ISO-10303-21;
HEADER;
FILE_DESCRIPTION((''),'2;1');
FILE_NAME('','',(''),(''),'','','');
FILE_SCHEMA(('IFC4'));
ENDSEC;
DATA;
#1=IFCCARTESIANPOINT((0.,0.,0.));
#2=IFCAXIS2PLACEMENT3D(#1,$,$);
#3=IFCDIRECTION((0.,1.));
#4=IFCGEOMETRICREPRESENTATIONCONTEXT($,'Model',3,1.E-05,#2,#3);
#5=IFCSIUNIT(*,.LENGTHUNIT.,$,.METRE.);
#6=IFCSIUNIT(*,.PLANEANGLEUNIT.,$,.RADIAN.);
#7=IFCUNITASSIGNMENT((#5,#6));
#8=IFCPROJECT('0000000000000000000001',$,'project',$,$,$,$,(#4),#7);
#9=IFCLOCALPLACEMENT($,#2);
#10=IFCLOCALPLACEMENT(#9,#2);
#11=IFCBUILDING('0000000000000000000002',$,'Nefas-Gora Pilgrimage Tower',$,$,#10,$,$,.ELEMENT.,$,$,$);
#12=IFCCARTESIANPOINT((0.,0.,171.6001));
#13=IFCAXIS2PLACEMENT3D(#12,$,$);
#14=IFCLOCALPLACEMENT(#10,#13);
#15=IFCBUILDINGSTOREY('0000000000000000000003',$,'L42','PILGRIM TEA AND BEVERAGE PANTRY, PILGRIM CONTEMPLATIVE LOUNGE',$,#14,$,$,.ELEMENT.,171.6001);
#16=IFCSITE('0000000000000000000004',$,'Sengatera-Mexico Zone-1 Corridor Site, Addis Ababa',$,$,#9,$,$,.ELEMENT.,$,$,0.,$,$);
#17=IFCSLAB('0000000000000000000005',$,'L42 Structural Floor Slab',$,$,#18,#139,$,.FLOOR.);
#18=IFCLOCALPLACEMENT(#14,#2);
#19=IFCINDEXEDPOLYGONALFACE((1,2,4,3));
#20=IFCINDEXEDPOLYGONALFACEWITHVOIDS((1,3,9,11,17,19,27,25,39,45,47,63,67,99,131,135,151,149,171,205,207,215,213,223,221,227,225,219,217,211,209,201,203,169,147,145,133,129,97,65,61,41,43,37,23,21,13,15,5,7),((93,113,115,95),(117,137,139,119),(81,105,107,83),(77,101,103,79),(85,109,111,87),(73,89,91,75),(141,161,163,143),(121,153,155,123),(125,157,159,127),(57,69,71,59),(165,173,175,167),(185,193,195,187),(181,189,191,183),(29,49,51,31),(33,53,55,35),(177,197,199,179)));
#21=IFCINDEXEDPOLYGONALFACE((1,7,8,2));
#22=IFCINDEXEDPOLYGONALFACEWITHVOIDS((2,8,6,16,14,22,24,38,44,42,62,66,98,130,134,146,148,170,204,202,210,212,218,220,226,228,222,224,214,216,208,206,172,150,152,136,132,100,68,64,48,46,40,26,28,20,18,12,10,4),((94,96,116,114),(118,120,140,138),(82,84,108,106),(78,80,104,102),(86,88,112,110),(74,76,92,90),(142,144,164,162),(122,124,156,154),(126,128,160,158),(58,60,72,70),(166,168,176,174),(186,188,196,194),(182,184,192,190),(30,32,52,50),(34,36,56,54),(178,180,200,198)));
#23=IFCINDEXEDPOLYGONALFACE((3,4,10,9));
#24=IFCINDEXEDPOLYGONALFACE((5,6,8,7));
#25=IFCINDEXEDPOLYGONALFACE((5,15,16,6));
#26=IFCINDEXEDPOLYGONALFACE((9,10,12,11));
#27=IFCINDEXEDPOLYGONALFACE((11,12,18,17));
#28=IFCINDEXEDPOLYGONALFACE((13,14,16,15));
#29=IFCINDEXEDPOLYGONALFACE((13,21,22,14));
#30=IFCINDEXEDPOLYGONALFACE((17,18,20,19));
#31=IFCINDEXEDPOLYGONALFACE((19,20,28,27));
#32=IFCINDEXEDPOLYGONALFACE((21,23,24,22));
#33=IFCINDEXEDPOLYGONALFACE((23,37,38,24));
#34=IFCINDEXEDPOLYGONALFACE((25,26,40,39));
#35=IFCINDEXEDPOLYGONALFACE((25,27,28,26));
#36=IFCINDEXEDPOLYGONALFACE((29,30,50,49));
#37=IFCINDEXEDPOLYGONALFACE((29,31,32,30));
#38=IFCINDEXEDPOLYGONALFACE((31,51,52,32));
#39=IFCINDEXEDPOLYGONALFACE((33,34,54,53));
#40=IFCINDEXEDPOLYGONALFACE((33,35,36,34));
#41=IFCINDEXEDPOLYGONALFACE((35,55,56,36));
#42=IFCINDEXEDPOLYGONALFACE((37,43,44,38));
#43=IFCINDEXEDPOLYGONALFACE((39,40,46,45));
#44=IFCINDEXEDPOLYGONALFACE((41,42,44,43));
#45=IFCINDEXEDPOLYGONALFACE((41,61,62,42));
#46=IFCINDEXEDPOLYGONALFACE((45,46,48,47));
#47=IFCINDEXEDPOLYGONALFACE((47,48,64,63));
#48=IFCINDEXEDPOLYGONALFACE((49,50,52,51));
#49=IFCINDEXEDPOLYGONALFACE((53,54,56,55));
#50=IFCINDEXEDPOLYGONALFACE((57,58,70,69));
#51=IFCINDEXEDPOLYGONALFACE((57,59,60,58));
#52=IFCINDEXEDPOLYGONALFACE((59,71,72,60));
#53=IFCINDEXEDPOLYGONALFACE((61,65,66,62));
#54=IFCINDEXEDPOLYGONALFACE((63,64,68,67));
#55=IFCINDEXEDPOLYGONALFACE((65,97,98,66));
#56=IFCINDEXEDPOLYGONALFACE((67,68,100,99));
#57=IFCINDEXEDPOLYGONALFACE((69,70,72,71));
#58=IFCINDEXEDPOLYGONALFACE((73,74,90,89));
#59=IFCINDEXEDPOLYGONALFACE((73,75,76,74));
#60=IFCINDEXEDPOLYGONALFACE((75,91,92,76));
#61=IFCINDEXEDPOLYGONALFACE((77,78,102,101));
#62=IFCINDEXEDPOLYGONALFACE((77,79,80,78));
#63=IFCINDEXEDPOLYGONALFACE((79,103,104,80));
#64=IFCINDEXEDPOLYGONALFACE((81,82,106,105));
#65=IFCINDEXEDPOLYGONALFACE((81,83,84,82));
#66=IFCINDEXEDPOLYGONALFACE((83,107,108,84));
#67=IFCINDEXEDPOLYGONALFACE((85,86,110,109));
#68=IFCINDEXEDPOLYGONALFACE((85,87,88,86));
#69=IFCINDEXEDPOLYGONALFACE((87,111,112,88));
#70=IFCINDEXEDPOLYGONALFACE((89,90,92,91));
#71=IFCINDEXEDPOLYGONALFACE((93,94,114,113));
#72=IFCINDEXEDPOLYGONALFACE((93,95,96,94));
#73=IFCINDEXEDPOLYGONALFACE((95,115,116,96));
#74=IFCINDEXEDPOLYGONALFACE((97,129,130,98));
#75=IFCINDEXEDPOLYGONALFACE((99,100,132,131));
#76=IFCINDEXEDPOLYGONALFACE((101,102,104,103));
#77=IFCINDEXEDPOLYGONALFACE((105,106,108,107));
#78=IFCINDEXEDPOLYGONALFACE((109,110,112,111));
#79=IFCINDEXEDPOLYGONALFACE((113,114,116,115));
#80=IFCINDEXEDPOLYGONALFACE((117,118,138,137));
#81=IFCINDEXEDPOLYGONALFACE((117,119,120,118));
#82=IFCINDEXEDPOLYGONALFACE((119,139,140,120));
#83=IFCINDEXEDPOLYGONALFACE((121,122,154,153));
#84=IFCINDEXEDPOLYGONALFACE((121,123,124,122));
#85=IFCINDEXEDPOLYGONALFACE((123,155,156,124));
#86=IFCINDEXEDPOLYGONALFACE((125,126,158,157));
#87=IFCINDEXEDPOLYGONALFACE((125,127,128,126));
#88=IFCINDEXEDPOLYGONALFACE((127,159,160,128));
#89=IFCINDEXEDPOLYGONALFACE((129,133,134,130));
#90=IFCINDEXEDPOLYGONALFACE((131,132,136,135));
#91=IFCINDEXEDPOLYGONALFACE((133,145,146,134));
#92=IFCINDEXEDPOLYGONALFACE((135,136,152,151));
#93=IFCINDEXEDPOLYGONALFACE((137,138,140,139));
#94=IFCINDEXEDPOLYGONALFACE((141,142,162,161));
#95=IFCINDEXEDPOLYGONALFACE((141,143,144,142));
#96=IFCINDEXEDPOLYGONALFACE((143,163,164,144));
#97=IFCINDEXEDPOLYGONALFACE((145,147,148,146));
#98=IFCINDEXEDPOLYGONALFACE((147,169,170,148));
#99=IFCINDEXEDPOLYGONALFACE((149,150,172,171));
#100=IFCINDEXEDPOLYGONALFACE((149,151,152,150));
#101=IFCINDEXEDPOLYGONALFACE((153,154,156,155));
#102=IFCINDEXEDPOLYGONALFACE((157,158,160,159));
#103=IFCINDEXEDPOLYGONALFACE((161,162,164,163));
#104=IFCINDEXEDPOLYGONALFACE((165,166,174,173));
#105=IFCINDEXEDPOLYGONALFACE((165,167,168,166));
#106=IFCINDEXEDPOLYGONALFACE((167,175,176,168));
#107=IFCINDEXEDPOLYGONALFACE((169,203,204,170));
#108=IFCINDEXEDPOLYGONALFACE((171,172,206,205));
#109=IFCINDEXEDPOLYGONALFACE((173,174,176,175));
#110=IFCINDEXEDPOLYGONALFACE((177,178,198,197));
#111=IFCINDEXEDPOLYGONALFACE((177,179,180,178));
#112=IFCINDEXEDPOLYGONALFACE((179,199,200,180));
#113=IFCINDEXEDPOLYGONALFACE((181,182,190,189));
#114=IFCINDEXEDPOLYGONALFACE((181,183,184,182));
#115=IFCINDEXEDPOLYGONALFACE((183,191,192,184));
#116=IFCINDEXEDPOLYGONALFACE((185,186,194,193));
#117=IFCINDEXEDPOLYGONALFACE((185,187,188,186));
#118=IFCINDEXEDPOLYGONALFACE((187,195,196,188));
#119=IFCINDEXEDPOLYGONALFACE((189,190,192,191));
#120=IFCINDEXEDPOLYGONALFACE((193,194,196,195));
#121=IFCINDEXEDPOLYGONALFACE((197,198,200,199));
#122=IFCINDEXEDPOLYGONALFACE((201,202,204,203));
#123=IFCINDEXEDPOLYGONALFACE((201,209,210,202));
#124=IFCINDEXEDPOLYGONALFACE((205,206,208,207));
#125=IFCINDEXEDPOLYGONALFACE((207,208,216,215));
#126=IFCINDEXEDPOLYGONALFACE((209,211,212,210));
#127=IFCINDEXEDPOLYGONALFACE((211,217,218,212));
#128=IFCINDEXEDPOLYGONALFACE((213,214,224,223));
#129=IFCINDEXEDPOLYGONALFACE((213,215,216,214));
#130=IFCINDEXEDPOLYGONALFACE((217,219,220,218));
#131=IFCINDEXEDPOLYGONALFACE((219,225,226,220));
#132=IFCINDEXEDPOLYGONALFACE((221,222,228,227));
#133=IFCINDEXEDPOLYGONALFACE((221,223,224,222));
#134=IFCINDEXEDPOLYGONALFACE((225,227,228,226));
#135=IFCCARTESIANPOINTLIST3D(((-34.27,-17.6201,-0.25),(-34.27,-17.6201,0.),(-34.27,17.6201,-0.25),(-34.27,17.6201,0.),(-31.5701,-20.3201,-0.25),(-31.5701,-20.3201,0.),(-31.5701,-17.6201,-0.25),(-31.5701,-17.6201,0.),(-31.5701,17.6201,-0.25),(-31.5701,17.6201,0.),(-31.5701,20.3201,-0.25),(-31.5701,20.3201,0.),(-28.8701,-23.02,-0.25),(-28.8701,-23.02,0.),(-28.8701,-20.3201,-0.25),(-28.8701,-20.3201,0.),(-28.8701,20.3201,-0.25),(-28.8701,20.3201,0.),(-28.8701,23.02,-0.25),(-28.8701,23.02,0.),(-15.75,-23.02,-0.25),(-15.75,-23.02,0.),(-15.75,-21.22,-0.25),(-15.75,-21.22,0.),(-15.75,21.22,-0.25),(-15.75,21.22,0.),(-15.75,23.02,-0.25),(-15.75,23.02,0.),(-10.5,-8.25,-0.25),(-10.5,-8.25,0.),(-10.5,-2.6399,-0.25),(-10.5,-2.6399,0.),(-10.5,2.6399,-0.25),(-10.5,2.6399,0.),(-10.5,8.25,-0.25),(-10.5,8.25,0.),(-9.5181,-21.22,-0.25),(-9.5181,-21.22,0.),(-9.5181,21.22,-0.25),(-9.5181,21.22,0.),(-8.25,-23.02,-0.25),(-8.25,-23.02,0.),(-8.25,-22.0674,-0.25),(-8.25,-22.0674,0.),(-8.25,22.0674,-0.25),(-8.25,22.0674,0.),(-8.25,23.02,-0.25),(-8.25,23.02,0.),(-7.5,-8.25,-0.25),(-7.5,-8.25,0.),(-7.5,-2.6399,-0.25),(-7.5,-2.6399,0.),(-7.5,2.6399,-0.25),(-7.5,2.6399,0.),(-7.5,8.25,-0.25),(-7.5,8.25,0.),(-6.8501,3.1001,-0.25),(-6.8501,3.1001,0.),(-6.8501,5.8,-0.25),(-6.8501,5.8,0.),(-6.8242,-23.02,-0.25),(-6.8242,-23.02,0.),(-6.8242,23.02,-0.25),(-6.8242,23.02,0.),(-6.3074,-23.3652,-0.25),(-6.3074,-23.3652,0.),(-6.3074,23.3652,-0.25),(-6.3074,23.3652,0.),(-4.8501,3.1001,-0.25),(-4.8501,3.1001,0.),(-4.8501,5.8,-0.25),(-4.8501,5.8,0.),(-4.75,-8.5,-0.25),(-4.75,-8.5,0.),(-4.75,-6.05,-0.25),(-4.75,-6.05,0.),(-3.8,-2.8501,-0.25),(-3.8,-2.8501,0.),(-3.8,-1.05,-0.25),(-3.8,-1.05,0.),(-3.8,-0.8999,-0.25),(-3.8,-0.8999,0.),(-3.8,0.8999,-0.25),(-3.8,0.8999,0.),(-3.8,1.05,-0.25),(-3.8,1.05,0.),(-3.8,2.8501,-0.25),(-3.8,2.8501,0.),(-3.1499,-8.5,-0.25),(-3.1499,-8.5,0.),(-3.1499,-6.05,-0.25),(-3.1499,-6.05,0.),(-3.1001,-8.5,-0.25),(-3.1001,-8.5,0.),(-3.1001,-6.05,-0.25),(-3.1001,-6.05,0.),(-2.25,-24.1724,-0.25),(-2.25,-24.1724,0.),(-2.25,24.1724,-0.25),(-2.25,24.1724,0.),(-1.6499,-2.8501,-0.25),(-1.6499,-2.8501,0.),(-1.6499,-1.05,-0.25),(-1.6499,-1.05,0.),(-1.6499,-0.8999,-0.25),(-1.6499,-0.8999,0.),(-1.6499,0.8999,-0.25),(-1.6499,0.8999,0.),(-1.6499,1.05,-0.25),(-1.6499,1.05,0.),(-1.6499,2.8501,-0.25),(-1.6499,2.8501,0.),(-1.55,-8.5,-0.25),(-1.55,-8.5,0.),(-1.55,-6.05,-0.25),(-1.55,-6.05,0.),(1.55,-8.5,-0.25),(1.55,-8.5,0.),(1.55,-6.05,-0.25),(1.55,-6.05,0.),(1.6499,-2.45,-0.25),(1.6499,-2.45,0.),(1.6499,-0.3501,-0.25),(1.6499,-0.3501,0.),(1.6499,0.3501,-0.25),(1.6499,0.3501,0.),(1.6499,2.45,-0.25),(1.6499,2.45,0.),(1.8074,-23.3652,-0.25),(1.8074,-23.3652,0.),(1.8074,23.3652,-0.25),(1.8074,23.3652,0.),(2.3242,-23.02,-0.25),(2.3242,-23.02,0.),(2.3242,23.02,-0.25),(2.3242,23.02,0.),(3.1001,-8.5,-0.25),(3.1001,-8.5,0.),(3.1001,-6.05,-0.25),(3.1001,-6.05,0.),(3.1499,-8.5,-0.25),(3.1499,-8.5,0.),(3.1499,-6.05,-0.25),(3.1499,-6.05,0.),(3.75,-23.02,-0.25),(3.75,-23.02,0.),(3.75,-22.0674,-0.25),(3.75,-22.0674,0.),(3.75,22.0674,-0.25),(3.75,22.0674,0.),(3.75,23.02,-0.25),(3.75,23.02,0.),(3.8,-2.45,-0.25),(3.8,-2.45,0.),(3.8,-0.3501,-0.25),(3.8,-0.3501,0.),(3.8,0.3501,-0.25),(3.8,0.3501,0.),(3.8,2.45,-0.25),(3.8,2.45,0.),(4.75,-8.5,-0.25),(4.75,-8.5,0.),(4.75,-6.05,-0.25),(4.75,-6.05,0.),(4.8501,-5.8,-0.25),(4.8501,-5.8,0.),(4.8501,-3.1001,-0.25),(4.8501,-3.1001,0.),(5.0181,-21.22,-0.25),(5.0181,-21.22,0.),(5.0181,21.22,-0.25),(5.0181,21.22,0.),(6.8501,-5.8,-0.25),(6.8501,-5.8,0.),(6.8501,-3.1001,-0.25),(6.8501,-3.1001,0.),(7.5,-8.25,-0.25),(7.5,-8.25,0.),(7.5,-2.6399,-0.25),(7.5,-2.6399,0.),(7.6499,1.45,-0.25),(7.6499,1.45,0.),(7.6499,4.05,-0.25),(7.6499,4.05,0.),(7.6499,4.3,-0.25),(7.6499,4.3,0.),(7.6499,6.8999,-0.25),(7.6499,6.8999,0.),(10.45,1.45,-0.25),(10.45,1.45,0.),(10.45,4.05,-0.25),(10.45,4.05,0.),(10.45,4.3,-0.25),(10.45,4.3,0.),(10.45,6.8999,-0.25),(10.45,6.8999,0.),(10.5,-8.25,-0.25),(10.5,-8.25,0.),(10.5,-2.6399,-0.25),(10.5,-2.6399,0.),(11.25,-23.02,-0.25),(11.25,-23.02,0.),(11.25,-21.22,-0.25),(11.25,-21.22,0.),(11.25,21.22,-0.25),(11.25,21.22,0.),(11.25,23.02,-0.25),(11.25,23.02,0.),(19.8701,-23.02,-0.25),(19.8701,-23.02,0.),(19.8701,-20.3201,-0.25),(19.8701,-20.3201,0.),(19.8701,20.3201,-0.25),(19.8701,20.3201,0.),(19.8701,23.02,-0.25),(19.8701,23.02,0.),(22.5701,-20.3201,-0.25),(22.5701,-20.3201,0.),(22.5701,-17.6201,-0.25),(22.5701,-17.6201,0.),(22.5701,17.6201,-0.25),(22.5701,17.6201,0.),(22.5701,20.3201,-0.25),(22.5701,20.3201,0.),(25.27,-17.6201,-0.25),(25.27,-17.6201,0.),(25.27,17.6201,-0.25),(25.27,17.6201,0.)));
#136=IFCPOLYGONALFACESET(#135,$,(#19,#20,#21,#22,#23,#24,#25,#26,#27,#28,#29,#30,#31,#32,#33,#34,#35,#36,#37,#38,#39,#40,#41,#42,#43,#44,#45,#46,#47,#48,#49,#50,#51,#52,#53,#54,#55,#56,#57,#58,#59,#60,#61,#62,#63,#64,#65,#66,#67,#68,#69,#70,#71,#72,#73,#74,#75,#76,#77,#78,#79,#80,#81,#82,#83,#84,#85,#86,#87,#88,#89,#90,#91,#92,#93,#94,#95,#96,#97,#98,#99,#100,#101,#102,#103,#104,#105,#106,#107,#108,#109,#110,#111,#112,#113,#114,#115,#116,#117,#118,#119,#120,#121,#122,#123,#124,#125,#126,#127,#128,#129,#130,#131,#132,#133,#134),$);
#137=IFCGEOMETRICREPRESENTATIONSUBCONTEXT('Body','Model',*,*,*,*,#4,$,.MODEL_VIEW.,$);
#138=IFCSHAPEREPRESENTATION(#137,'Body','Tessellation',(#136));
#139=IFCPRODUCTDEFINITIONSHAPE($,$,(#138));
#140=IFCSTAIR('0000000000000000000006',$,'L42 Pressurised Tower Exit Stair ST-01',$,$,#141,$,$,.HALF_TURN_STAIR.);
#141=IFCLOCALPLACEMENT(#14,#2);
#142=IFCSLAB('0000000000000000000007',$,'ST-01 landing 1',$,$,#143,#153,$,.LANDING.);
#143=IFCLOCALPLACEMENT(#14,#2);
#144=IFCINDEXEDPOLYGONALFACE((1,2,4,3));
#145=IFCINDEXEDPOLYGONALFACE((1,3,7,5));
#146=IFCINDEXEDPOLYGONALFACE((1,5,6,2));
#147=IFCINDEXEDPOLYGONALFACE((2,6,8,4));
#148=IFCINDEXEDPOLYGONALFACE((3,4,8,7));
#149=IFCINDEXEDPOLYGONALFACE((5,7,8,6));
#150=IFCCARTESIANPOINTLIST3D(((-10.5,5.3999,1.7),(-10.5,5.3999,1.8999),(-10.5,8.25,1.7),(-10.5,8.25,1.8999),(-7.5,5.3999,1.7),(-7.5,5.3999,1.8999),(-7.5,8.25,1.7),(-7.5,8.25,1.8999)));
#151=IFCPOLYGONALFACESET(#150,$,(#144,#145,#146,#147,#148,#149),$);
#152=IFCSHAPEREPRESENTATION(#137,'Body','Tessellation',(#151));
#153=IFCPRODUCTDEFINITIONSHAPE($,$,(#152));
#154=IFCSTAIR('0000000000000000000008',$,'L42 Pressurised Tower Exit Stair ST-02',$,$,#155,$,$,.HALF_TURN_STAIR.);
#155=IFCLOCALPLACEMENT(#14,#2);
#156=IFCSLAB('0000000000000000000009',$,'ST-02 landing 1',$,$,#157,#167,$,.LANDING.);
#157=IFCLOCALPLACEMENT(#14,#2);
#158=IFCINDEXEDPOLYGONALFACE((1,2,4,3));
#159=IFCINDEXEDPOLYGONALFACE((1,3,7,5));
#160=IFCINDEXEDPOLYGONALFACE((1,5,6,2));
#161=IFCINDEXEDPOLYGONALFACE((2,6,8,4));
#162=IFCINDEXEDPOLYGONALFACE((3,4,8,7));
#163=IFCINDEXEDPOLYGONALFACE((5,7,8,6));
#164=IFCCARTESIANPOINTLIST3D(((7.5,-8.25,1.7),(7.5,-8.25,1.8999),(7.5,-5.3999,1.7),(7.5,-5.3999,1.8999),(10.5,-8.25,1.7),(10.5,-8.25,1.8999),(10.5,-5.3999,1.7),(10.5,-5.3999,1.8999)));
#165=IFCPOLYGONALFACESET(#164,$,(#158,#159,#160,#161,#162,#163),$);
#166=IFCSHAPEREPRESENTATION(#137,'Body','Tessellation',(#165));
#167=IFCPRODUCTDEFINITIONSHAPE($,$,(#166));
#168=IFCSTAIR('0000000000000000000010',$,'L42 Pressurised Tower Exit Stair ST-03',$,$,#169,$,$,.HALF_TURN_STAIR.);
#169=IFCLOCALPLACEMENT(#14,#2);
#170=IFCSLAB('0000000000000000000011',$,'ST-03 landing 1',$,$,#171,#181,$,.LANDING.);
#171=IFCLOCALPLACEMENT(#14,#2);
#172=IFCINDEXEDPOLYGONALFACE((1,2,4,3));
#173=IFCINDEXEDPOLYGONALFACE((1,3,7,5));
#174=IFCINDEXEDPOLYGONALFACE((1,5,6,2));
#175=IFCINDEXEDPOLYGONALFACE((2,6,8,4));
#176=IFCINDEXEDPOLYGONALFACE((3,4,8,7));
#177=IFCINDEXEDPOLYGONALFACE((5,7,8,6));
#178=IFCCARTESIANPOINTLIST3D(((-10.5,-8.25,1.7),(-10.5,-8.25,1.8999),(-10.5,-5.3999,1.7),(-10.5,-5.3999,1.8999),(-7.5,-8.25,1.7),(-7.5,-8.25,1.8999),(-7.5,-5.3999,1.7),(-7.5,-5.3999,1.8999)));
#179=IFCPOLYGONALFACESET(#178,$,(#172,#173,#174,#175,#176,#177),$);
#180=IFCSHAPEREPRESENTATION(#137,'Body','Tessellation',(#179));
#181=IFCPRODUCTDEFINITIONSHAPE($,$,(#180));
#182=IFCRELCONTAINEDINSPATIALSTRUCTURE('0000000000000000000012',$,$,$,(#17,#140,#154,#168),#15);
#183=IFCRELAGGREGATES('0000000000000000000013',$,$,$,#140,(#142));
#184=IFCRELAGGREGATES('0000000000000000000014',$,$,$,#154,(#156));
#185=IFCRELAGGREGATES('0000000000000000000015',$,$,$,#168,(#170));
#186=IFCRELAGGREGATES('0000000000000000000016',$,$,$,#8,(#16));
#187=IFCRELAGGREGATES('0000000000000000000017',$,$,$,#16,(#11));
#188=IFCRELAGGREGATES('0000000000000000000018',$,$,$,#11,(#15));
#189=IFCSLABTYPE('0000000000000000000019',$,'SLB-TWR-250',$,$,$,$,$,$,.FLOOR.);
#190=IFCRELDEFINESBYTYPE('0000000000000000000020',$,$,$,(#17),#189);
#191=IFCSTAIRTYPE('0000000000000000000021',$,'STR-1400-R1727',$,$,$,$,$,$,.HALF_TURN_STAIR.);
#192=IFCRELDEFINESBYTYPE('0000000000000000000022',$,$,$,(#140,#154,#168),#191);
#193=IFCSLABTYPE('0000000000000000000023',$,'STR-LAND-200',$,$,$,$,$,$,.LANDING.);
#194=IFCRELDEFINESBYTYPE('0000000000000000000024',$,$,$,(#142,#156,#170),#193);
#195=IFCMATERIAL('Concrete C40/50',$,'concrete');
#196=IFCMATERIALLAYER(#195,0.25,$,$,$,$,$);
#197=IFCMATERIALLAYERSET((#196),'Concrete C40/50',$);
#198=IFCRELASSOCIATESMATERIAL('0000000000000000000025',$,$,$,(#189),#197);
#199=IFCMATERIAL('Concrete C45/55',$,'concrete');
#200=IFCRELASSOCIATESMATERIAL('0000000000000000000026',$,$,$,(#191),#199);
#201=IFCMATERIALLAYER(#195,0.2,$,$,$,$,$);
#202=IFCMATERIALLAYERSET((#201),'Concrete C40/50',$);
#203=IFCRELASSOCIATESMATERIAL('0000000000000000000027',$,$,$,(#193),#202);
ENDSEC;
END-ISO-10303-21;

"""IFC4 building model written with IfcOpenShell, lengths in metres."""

from ifc_helpers import new_model, si_unit, direction, frame, origin, place, context, subcontext, project, spatial, polyline, outline, extrude, material, layer, layer_set, type_object, element, aggregate, save


model = new_model("IFC4")

# Units and contexts
model_context = context("Model", 3, precision=1e-05, world=origin(), true_north=direction((0.0, 1.0)))
body_context = subcontext(model_context, "Body", "Model", "MODEL_VIEW")
ifc_project = project(units=[si_unit("LENGTHUNIT", "METRE"), si_unit("PLANEANGLEUNIT", "RADIAN")], contexts=[model_context])

# Site, building, storey
site_placement = place(None, origin())
site = spatial("IfcSite", under=ifc_project, at=site_placement, Name="Sengatera-Mexico Zone-1 Corridor Site, Addis Ababa", CompositionType="ELEMENT", RefElevation=0.0)
building_placement = place(site_placement, origin())
building = spatial("IfcBuilding", under=site, at=building_placement, Name="Nefas-Gora Pilgrimage Tower", CompositionType="ELEMENT")
storey_placement = place(building_placement, frame((0.0, 0.0, 171.6001)))
storey = spatial("IfcBuildingStorey", under=building, at=storey_placement, Name="L42", Description="PILGRIM TEA AND BEVERAGE PANTRY, PILGRIM CONTEMPLATIVE LOUNGE", CompositionType="ELEMENT", Elevation=171.6001)

# Slab
ifc_material_1 = material(Name="Concrete C40/50", Category="concrete")
ifc_layer_1 = layer(ifc_material_1, 0.25)
ifc_layer_set_1 = layer_set([ifc_layer_1], Name="Concrete C40/50")
slab_type_1 = type_object("IfcSlabType", Name="SLB-TWR-250", PredefinedType="FLOOR", material=ifc_layer_set_1)
slab_1_placement = place(storey_placement, frame((0.0, 0.0, -0.25)))
element("IfcSlab", 1, at=slab_1_placement, inside=storey, type_object=slab_type_1, Name="L42 Structural Floor Slab", PredefinedType="FLOOR", context=body_context, shape_type="SweptSolid", body=[
    extrude(outline(polyline([(5.0181, -21.22), (11.25, -21.22), (11.25, -23.02), (19.8701, -23.02), (19.8701, -20.3201), (22.5701, -20.3201), (22.5701, -17.6201), (25.27, -17.6201), (25.27, 17.6201), (22.5701, 17.6201), (22.5701, 20.3201), (19.8701, 20.3201), (19.8701, 23.02), (11.25, 23.02), (11.25, 21.22), (5.0181, 21.22), (3.75, 22.0674), (3.75, 23.02), (2.3242, 23.02), (1.8074, 23.3652), (-2.25, 24.1724), (-6.3074, 23.3652), (-6.8242, 23.02), (-8.25, 23.02), (-8.25, 22.0674), (-9.5181, 21.22), (-15.75, 21.22), (-15.75, 23.02), (-28.8701, 23.02), (-28.8701, 20.3201), (-31.5701, 20.3201), (-31.5701, 17.6201), (-34.27, 17.6201), (-34.27, -17.6201), (-31.5701, -17.6201), (-31.5701, -20.3201), (-28.8701, -20.3201), (-28.8701, -23.02), (-15.75, -23.02), (-15.75, -21.22), (-9.5181, -21.22), (-8.25, -22.0674), (-8.25, -23.02), (-6.8242, -23.02), (-6.3074, -23.3652), (-2.25, -24.1724), (1.8074, -23.3652), (2.3242, -23.02), (3.75, -23.02), (3.75, -22.0674), (5.0181, -21.22)]), holes=[polyline([(-10.5, 2.6399), (-10.5, 8.25), (-7.5, 8.25), (-7.5, 2.6399), (-10.5, 2.6399)]), polyline([(10.5, -2.6399), (10.5, -8.25), (7.5, -8.25), (7.5, -2.6399), (10.5, -2.6399)]), polyline([(-7.5, -2.6399), (-7.5, -8.25), (-10.5, -8.25), (-10.5, -2.6399), (-7.5, -2.6399)]), polyline([(-6.8501, 5.8), (-4.8501, 5.8), (-4.8501, 3.1001), (-6.8501, 3.1001), (-6.8501, 5.8)]), polyline([(4.8501, -3.1001), (6.8501, -3.1001), (6.8501, -5.8), (4.8501, -5.8), (4.8501, -3.1001)]), polyline([(7.6499, 4.05), (10.45, 4.05), (10.45, 1.45), (7.6499, 1.45), (7.6499, 4.05)]), polyline([(7.6499, 6.8999), (10.45, 6.8999), (10.45, 4.3), (7.6499, 4.3), (7.6499, 6.8999)]), polyline([(-4.75, -6.05), (-3.1499, -6.05), (-3.1499, -8.5), (-4.75, -8.5), (-4.75, -6.05)]), polyline([(-3.1001, -6.05), (-1.55, -6.05), (-1.55, -8.5), (-3.1001, -8.5), (-3.1001, -6.05)]), polyline([(1.55, -6.05), (3.1001, -6.05), (3.1001, -8.5), (1.55, -8.5), (1.55, -6.05)]), polyline([(3.1499, -6.05), (4.75, -6.05), (4.75, -8.5), (3.1499, -8.5), (3.1499, -6.05)]), polyline([(-3.8, -1.05), (-1.6499, -1.05), (-1.6499, -2.8501), (-3.8, -2.8501), (-3.8, -1.05)]), polyline([(-3.8, 0.8999), (-1.6499, 0.8999), (-1.6499, -0.8999), (-3.8, -0.8999), (-3.8, 0.8999)]), polyline([(-3.8, 2.8501), (-1.6499, 2.8501), (-1.6499, 1.05), (-3.8, 1.05), (-3.8, 2.8501)]), polyline([(1.6499, -0.3501), (3.8, -0.3501), (3.8, -2.45), (1.6499, -2.45), (1.6499, -0.3501)]), polyline([(1.6499, 2.45), (3.8, 2.45), (3.8, 0.3501), (1.6499, 0.3501), (1.6499, 2.45)])]), origin(), (0.0, 0.0, 1.0), 0.25),
])

# Stairs, slabs
ifc_material_2 = material(Name="Concrete C45/55", Category="concrete")
stair_type = type_object("IfcStairType", Name="STR-1400-R1727", PredefinedType="HALF_TURN_STAIR", material=ifc_material_2)
stair_1_placement = place(storey_placement, origin())
stair_1 = element("IfcStair", 2, at=stair_1_placement, inside=storey, type_object=stair_type, Name="L42 Pressurised Tower Exit Stair ST-01", PredefinedType="HALF_TURN_STAIR")
ifc_layer_2 = layer(ifc_material_1, 0.2)
ifc_layer_set_2 = layer_set([ifc_layer_2], Name="Concrete C40/50")
slab_type_2 = type_object("IfcSlabType", Name="STR-LAND-200", PredefinedType="LANDING", material=ifc_layer_set_2)
slab_2_placement = place(storey_placement, frame((0.0, 0.0, 1.7)))
slab_2 = element("IfcSlab", 3, at=slab_2_placement, type_object=slab_type_2, Name="ST-01 landing 1", PredefinedType="LANDING", context=body_context, shape_type="SweptSolid", body=[
    extrude(outline(polyline([(-7.5, 5.3999), (-7.5, 8.25), (-10.5, 8.25), (-10.5, 5.3999), (-7.5, 5.3999)])), origin(), (0.0, 0.0, 1.0), 0.2),
])
aggregate(stair_1, [slab_2])
stair_2_placement = place(storey_placement, origin())
stair_2 = element("IfcStair", 4, at=stair_2_placement, inside=storey, type_object=stair_type, Name="L42 Pressurised Tower Exit Stair ST-02", PredefinedType="HALF_TURN_STAIR")
slab_3_placement = place(storey_placement, frame((0.0, 0.0, 1.7)))
slab_3 = element("IfcSlab", 5, at=slab_3_placement, type_object=slab_type_2, Name="ST-02 landing 1", PredefinedType="LANDING", context=body_context, shape_type="SweptSolid", body=[
    extrude(outline(polyline([(7.5, -5.3999), (7.5, -8.25), (10.5, -8.25), (10.5, -5.3999), (7.5, -5.3999)])), origin(), (0.0, 0.0, 1.0), 0.2),
])
aggregate(stair_2, [slab_3])
stair_3_placement = place(storey_placement, origin())
stair_3 = element("IfcStair", 6, at=stair_3_placement, inside=storey, type_object=stair_type, Name="L42 Pressurised Tower Exit Stair ST-03", PredefinedType="HALF_TURN_STAIR")
slab_4_placement = place(storey_placement, frame((0.0, 0.0, 1.7)))
slab_4 = element("IfcSlab", 7, at=slab_4_placement, type_object=slab_type_2, Name="ST-03 landing 1", PredefinedType="LANDING", context=body_context, shape_type="SweptSolid", body=[
    extrude(outline(polyline([(-10.5, -5.3999), (-10.5, -8.25), (-7.5, -8.25), (-7.5, -5.3999), (-10.5, -5.3999)])), origin(), (0.0, 0.0, 1.0), 0.2),
])
aggregate(stair_3, [slab_4])

save(model, "model.ifc")
